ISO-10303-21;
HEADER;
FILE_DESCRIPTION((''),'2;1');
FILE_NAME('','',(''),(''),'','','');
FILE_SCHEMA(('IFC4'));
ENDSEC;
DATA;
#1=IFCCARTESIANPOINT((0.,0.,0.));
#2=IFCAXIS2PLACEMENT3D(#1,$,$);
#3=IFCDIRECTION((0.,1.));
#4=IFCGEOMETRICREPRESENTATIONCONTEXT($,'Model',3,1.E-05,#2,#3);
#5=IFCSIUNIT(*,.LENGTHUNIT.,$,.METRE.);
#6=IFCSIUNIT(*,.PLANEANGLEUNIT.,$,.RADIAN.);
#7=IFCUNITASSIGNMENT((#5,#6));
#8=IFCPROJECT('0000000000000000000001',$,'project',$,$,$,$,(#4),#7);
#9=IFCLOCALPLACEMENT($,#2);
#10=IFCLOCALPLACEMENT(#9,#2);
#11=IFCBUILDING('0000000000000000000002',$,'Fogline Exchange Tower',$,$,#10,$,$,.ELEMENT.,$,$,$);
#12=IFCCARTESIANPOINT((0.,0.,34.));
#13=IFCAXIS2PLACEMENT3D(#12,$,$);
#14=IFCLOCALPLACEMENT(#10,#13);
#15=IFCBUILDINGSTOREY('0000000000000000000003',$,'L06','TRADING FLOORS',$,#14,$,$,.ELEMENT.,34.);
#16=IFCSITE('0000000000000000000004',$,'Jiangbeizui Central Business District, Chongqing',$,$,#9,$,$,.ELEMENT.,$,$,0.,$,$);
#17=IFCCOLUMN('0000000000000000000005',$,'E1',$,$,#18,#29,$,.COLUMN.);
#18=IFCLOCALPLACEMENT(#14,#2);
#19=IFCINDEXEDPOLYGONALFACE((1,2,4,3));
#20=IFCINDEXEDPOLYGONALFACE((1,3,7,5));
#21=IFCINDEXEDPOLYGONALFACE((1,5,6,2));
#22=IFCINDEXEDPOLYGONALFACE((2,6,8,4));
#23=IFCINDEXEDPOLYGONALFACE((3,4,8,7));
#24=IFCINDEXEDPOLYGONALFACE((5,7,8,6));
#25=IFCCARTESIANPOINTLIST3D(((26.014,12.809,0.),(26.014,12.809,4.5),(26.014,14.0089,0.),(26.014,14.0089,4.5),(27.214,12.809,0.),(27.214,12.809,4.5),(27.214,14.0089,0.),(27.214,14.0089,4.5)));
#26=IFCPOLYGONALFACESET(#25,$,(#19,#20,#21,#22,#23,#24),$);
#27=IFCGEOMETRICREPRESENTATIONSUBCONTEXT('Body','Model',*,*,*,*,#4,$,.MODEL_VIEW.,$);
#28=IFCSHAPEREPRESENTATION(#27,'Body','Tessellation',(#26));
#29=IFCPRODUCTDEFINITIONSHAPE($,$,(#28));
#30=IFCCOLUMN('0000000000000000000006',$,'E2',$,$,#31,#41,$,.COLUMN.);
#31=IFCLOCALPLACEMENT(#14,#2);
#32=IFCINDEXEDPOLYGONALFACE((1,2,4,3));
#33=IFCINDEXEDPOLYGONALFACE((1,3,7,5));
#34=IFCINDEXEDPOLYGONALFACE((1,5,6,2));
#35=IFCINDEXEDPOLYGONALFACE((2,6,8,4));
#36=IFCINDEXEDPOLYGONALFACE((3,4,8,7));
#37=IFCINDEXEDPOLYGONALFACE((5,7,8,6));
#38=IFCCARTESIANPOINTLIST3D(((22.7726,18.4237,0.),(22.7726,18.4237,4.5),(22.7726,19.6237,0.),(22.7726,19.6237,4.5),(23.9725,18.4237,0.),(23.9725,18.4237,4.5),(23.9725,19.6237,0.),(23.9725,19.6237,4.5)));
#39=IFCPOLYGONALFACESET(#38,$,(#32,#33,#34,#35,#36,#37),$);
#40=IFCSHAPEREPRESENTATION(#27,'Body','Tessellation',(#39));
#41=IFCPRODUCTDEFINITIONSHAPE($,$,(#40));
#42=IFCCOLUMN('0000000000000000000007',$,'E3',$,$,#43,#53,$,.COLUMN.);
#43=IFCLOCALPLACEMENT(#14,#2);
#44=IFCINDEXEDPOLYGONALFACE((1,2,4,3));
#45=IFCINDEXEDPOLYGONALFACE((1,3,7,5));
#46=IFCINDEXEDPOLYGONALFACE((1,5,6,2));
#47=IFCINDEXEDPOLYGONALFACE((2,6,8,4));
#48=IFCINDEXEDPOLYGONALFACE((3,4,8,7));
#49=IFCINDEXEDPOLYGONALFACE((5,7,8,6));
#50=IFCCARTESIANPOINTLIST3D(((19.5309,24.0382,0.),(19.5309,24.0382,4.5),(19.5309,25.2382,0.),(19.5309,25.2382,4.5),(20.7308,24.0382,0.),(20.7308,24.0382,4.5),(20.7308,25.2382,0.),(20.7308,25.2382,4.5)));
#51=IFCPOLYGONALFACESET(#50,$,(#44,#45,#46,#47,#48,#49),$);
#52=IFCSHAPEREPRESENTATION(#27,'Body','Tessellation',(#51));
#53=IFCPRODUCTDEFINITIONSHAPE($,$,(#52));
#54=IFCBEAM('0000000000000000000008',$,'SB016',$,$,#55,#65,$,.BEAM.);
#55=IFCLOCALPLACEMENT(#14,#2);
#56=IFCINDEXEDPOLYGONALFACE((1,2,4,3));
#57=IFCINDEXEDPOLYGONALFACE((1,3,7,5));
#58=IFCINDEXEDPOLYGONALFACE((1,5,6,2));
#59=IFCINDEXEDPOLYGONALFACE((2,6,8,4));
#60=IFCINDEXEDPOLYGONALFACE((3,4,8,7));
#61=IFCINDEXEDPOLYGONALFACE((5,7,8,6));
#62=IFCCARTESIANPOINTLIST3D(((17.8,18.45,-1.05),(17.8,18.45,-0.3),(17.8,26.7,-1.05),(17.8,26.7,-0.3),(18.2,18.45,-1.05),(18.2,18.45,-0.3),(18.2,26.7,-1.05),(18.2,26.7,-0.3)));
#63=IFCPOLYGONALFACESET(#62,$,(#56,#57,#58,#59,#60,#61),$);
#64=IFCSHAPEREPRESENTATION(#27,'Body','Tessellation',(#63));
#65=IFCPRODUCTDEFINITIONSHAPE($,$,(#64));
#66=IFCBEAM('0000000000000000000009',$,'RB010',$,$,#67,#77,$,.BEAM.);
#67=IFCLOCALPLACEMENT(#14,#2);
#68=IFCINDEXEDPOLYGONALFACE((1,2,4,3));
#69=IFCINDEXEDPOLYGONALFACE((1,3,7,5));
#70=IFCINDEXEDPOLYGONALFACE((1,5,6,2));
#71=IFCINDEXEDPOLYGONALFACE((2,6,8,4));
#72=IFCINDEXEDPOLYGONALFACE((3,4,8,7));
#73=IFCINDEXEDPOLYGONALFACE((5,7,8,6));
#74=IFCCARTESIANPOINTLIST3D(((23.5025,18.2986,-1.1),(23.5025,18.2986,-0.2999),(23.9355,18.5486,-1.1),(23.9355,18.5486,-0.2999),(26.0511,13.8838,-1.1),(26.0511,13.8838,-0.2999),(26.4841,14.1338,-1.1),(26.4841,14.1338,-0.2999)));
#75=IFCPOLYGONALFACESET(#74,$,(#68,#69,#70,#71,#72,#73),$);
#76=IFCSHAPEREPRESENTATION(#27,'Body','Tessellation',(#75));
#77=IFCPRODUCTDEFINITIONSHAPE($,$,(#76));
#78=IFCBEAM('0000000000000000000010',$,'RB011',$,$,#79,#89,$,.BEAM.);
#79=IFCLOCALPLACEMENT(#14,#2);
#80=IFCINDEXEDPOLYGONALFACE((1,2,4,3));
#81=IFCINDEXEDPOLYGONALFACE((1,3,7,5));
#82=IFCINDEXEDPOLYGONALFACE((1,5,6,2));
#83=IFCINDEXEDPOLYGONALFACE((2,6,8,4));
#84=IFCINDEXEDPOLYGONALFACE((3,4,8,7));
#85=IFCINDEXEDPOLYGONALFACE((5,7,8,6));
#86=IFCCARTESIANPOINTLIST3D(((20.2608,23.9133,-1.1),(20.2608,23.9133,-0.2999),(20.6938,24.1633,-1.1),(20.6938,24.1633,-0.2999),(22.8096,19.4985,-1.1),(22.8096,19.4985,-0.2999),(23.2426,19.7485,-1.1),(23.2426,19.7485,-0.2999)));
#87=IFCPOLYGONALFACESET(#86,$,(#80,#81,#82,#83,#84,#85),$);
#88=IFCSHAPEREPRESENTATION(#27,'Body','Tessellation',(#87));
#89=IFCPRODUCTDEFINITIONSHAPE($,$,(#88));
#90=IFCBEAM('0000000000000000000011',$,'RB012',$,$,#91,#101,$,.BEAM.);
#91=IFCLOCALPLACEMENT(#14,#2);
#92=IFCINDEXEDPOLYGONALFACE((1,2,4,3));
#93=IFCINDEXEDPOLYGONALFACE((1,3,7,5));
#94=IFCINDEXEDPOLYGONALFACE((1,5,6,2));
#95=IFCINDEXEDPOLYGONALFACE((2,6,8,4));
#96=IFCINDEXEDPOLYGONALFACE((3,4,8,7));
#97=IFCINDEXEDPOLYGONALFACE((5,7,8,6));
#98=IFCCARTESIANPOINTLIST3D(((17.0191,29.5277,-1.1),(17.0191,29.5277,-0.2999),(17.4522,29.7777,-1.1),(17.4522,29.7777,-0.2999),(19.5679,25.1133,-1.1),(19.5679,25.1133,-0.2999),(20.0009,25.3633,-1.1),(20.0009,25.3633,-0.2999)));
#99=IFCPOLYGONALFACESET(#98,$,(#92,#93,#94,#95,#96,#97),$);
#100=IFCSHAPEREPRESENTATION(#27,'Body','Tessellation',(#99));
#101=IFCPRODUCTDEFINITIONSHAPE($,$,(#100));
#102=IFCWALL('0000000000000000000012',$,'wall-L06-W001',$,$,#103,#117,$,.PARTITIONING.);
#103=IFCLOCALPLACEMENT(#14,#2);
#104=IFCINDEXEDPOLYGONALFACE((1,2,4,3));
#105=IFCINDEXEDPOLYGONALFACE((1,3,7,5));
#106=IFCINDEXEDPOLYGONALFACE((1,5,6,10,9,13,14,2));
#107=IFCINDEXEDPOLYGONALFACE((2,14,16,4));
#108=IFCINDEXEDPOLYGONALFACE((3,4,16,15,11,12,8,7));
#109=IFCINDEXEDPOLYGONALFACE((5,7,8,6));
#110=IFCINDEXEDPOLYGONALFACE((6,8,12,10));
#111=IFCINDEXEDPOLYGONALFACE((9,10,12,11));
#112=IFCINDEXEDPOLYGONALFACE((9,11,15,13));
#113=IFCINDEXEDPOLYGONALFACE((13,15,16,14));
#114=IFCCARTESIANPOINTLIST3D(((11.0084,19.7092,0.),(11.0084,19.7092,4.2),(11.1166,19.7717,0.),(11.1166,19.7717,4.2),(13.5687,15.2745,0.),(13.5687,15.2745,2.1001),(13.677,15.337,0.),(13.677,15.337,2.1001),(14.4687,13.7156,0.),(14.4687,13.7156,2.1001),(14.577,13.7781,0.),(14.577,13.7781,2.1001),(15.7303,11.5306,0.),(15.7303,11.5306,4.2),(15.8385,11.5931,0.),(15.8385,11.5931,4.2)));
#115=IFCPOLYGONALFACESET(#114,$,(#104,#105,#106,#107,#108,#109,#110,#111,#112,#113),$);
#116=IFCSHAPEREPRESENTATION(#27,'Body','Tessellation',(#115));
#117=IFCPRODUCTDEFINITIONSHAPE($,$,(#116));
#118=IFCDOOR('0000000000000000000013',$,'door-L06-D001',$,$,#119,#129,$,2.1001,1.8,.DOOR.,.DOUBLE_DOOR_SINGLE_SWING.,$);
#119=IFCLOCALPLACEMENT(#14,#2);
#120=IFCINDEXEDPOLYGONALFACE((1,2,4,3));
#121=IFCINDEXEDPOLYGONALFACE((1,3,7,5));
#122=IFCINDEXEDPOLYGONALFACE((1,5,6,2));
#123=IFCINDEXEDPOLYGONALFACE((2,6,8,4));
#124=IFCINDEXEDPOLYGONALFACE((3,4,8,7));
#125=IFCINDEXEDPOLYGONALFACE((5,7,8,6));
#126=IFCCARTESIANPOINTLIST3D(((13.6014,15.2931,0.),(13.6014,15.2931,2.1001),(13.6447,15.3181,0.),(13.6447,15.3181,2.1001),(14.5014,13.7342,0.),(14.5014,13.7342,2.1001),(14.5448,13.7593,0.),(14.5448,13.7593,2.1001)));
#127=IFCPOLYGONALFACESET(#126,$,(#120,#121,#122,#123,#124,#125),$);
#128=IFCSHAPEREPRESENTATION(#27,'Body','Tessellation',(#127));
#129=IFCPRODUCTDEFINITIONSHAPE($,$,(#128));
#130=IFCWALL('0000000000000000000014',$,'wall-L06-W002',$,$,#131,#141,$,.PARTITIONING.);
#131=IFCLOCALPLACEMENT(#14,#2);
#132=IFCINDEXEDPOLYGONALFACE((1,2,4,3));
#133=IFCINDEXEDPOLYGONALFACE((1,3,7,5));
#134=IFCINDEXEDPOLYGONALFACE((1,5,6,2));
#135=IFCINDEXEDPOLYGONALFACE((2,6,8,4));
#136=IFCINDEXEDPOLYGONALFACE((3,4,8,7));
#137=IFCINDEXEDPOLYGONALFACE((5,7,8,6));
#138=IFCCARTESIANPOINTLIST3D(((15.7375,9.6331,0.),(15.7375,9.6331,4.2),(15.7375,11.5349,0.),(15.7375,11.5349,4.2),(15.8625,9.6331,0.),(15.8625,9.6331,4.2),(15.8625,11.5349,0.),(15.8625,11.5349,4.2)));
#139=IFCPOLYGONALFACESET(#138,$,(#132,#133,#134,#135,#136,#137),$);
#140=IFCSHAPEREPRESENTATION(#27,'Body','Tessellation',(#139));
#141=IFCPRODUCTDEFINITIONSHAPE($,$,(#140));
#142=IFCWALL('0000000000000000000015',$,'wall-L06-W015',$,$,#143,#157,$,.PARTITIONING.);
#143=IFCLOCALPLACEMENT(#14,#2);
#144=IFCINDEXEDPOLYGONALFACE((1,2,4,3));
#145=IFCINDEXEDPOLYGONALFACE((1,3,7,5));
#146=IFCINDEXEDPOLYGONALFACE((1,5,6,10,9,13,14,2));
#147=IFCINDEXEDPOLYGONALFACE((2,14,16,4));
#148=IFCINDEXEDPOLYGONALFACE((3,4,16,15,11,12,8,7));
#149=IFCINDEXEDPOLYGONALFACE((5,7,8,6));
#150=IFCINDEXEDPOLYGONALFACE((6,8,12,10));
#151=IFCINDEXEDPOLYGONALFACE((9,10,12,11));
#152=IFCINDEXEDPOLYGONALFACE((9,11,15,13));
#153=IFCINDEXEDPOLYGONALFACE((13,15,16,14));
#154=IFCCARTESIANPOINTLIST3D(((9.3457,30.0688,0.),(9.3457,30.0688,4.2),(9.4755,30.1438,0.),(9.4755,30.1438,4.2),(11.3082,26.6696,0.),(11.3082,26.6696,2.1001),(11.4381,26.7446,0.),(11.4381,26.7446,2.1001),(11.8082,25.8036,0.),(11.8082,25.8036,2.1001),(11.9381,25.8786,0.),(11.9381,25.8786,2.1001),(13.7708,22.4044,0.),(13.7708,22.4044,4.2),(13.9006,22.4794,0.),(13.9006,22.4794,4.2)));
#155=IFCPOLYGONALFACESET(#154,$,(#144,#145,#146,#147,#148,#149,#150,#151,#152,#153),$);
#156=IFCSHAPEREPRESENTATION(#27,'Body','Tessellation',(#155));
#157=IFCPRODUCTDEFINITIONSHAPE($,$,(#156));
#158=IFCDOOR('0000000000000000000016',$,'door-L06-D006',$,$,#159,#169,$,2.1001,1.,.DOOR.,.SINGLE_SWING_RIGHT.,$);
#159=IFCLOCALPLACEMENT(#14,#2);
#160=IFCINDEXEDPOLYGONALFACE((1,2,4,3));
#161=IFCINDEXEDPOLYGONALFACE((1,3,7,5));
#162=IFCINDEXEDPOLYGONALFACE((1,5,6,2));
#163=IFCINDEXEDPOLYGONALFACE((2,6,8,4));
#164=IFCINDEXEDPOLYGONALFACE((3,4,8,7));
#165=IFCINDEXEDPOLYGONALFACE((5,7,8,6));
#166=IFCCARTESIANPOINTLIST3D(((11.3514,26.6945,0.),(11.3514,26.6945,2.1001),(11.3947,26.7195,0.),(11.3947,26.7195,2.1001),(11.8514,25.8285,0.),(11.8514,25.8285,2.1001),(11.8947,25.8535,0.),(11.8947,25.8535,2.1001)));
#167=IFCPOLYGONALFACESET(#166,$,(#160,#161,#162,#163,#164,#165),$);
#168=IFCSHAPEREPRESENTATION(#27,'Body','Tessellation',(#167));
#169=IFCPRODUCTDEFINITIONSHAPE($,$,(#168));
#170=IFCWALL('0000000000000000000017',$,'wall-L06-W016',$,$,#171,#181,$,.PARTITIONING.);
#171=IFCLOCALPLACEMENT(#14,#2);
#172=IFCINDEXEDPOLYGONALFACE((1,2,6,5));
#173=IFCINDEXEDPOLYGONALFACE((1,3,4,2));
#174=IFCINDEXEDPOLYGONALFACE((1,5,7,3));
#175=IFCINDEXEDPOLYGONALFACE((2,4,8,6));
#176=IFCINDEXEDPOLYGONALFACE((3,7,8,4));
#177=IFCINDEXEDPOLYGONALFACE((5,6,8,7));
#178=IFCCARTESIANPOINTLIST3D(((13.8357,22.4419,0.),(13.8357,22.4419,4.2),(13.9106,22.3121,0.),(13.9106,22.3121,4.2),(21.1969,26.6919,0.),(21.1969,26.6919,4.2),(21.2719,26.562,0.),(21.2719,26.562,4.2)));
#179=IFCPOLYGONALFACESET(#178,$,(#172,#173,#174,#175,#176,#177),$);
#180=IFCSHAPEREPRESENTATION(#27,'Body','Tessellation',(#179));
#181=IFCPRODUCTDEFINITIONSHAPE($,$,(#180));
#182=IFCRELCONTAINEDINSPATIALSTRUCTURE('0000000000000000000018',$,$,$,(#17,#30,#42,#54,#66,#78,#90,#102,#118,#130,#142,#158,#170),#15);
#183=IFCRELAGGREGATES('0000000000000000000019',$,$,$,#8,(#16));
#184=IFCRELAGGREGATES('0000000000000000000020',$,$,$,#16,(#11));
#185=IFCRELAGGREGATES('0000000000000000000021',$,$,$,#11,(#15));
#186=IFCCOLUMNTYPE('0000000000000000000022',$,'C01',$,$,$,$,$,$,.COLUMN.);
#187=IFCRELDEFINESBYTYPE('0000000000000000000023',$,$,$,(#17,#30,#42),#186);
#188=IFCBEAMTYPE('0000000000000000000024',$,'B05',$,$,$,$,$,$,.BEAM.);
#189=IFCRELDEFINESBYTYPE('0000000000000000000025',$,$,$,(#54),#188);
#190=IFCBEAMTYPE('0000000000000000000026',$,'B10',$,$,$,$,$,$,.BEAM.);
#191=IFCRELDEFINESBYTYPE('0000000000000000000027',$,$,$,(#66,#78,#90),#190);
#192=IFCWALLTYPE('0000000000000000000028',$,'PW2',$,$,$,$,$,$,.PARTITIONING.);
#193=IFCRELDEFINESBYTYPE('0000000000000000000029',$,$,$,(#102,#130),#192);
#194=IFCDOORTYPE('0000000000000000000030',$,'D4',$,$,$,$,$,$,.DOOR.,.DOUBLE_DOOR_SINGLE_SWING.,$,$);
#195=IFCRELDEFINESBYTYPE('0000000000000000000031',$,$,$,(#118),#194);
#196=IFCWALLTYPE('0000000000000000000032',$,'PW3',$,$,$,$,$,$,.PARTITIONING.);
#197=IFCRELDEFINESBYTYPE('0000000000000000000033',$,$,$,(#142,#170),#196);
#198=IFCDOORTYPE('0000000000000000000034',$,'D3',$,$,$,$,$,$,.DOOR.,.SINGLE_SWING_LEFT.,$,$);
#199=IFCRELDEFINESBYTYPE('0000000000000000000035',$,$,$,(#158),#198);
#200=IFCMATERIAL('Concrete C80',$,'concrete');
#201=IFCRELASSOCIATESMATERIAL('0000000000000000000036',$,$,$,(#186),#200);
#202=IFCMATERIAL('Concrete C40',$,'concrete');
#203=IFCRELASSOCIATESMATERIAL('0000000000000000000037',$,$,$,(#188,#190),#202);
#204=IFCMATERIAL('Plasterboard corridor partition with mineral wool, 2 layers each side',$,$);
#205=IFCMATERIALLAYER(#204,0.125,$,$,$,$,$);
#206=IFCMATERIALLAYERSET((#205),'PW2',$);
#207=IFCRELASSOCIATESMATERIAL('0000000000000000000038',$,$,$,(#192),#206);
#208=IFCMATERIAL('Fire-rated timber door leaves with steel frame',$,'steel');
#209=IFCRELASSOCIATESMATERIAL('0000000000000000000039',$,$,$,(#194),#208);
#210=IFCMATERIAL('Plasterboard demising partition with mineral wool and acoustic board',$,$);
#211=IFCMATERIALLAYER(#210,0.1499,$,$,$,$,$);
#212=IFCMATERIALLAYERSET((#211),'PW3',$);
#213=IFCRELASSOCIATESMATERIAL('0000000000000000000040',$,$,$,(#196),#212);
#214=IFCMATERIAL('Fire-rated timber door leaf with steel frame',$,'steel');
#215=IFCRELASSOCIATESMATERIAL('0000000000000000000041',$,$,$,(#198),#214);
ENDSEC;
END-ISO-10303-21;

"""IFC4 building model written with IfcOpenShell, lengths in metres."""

from ifc_helpers import new_model, si_unit, direction, frame, frame_2d, origin, origin_2d, place, context, subcontext, project, spatial, rectangle, extrude, material, layer, layer_set, material_profile, profile_set, type_object, element, fill, save


model = new_model("IFC4")

# Units and contexts
model_context = context("Model", 3, precision=1e-05, world=origin(), true_north=direction((0.0, 1.0)))
body_context = subcontext(model_context, "Body", "Model", "MODEL_VIEW")
ifc_project = project(units=[si_unit("LENGTHUNIT", "METRE"), si_unit("PLANEANGLEUNIT", "RADIAN")], contexts=[model_context])

# Site, building, storey
site_placement = place(None, origin())
site = spatial("IfcSite", under=ifc_project, at=site_placement, Name="Jiangbeizui Central Business District, Chongqing", CompositionType="ELEMENT", RefElevation=0.0)
building_placement = place(site_placement, origin())
building = spatial("IfcBuilding", under=site, at=building_placement, Name="Fogline Exchange Tower", CompositionType="ELEMENT")
storey_placement = place(building_placement, frame((0.0, 0.0, 34.0)))
storey = spatial("IfcBuildingStorey", under=building, at=storey_placement, Name="L06", Description="TRADING FLOORS", CompositionType="ELEMENT", Elevation=34.0)

# Columns
ifc_material_1 = material(Name="Concrete C80", Category="concrete")
ifc_material_profile_1 = material_profile(ifc_material_1, rectangle(XDim=1.2, YDim=1.2, at=origin_2d()), Name="RC 1200x1200")
ifc_profile_set_1 = profile_set([ifc_material_profile_1], Name="Concrete C80")
column_type = type_object("IfcColumnType", Name="C01", PredefinedType="COLUMN", material=ifc_profile_set_1)
for number, where, z_axis, x_axis, name in (
    (1, (26.614, 13.4089, 0.0), (0.0, 0.0, 1.0), (1.0, 0.0, 0.0), "E1"),
    (2, (23.3726, 19.0237, 0.0), (0.0, 0.0, 1.0), (1.0, 0.0, 0.0), "E2"),
    (3, (20.1309, 24.6382, 0.0), (0.0, 0.0, 1.0), (1.0, 0.0, 0.0), "E3"),
):
    element("IfcColumn", number, at=place(storey_placement, frame(where, z_axis=z_axis, x_axis=x_axis)), inside=storey, type_object=column_type, Name=name, PredefinedType="COLUMN", context=body_context, shape_type="SweptSolid", body=[
        extrude(rectangle(XDim=1.2, YDim=1.2, at=origin_2d()), origin(), (0.0, 0.0, 1.0), 4.5),
    ])

# Beams
ifc_material_2 = material(Name="Concrete C40", Category="concrete")
ifc_material_profile_2 = material_profile(ifc_material_2, rectangle(XDim=0.3999, YDim=0.75, at=origin_2d()), Name="RC 400x750")
ifc_profile_set_2 = profile_set([ifc_material_profile_2], Name="Concrete C40")
beam_type_1 = type_object("IfcBeamType", Name="B05", PredefinedType="BEAM", material=ifc_profile_set_2)
beam_1_placement = place(storey_placement, frame((18.0, 18.45, -0.675), z_axis=(0.0, 1.0, 0.0), x_axis=(-1.0, 0.0, 0.0)))
element("IfcBeam", 4, at=beam_1_placement, inside=storey, type_object=beam_type_1, Name="SB016", PredefinedType="BEAM", context=body_context, shape_type="SweptSolid", body=[
    extrude(rectangle(XDim=0.3999, YDim=0.75, at=origin_2d()), origin(), (0.0, 0.0, 1.0), 8.25),
])
ifc_material_profile_3 = material_profile(ifc_material_2, rectangle(XDim=0.5, YDim=0.8, at=origin_2d()), Name="RC 500x800")
ifc_profile_set_3 = profile_set([ifc_material_profile_3], Name="Concrete C40")
beam_type_2 = type_object("IfcBeamType", Name="B10", PredefinedType="BEAM", material=ifc_profile_set_3)
for number, where, z_axis, x_axis, name in (
    (5, (26.2676, 14.0088, -0.7), (-0.499956, 0.866051, 0.0), (-0.866051, -0.499956, 0.0), "RB010"),
    (6, (23.0261, 19.6235, -0.7), (-0.499992, 0.86603, 0.0), (-0.86603, -0.499992, 0.0), "RB011"),
):
    element("IfcBeam", number, at=place(storey_placement, frame(where, z_axis=z_axis, x_axis=x_axis)), inside=storey, type_object=beam_type_2, Name=name, PredefinedType="BEAM", context=body_context, shape_type="SweptSolid", body=[
        extrude(rectangle(XDim=0.5, YDim=0.8, at=origin_2d()), origin(), (0.0, 0.0, 1.0), 5.0977),
    ])
beam_2_placement = place(storey_placement, frame((19.7844, 25.2383, -0.7), z_axis=(-0.500013, 0.866018, 0.0), x_axis=(-0.866018, -0.500013, 0.0)))
element("IfcBeam", 7, at=beam_2_placement, inside=storey, type_object=beam_type_2, Name="RB012", PredefinedType="BEAM", context=body_context, shape_type="SweptSolid", body=[
    extrude(rectangle(XDim=0.5, YDim=0.8, at=origin_2d()), origin(), (0.0, 0.0, 1.0), 5.0974),
])

# Wall, opening, door
ifc_material_3 = material(Name="Plasterboard corridor partition with mineral wool, 2 layers each side")
ifc_layer_1 = layer(ifc_material_3, 0.125)
ifc_layer_set_1 = layer_set([ifc_layer_1], Name="PW2")
wall_type_1 = type_object("IfcWallType", Name="PW2", PredefinedType="PARTITIONING", material=ifc_layer_set_1)
wall_1_placement = place(storey_placement, frame((11.0625, 19.7405, 0.0), z_axis=(0.0, 0.0, 1.0), x_axis=(0.499995, -0.866028, 0.0)))
wall_1 = element("IfcWall", 8, at=wall_1_placement, inside=storey, type_object=wall_type_1, Name="wall-L06-W001", PredefinedType="PARTITIONING", context=body_context, shape_type="SweptSolid", body=[
    extrude(rectangle(XDim=9.4438, YDim=0.125, at=frame_2d((4.7219, 0.0))), origin(), (0.0, 0.0, 1.0), 4.2),
])
opening_1_placement = place(wall_1_placement, frame((5.1208, 0.0, 0.0)))
opening_1 = element("IfcOpeningElement", 9, at=opening_1_placement, cuts=wall_1, PredefinedType="OPENING", context=body_context, shape_type="SweptSolid", body=[
    extrude(rectangle(XDim=1.8, YDim=2.1001, at=frame_2d((0.8999, 1.05))), frame((0.0, 0.0725, 0.0), z_axis=(0.0, -1.0, 0.0), x_axis=(1.0, 0.0, 0.0)), (0.0, 0.0, 1.0), 0.145),
])
ifc_material_4 = material(Name="Fire-rated timber door leaves with steel frame", Category="steel")
door_type_1 = type_object("IfcDoorType", Name="D4", OperationType="DOUBLE_DOOR_SINGLE_SWING", PredefinedType="DOOR", material=ifc_material_4)
door_1_placement = place(opening_1_placement, frame((1.8, 0.0, 0.0), z_axis=(0.0, 0.0, 1.0), x_axis=(-1.0, 0.0, 0.0)))
door_1 = element("IfcDoor", 10, at=door_1_placement, inside=storey, type_object=door_type_1, Name="door-L06-D001", OperationType="DOUBLE_DOOR_SINGLE_SWING", OverallHeight=2.1001, OverallWidth=1.8, PredefinedType="DOOR", context=body_context, shape_type="SweptSolid", body=[
    extrude(rectangle(XDim=1.8, YDim=2.1001, at=frame_2d((0.8999, 1.05))), frame((0.0, 0.0249, 0.0), z_axis=(0.0, -1.0, 0.0), x_axis=(1.0, 0.0, 0.0)), (0.0, 0.0, 1.0), 0.05),
])
fill(opening_1, door_1)

# Wall
wall_2_placement = place(storey_placement, frame((15.8, 11.5349, 0.0), z_axis=(0.0, 0.0, 1.0), x_axis=(0.0, -1.0, 0.0)))
element("IfcWall", 11, at=wall_2_placement, inside=storey, type_object=wall_type_1, Name="wall-L06-W002", PredefinedType="PARTITIONING", context=body_context, shape_type="SweptSolid", body=[
    extrude(rectangle(XDim=1.9019, YDim=0.125, at=frame_2d((0.9509, 0.0))), origin(), (0.0, 0.0, 1.0), 4.2),
])

# Wall, opening, door
ifc_material_5 = material(Name="Plasterboard demising partition with mineral wool and acoustic board")
ifc_layer_2 = layer(ifc_material_5, 0.1499)
ifc_layer_set_2 = layer_set([ifc_layer_2], Name="PW3")
wall_type_2 = type_object("IfcWallType", Name="PW3", PredefinedType="PARTITIONING", material=ifc_layer_set_2)
wall_3_placement = place(storey_placement, frame((13.8357, 22.4419, 0.0), z_axis=(0.0, 0.0, 1.0), x_axis=(-0.500005, 0.866023, 0.0)))
wall_3 = element("IfcWall", 12, at=wall_3_placement, inside=storey, type_object=wall_type_2, Name="wall-L06-W015", PredefinedType="PARTITIONING", context=body_context, shape_type="SweptSolid", body=[
    extrude(rectangle(XDim=8.8501, YDim=0.1499, at=frame_2d((4.425, 0.0))), origin(), (0.0, 0.0, 1.0), 4.2),
])
opening_2_placement = place(wall_3_placement, frame((3.925, 0.0, 0.0)))
opening_2 = element("IfcOpeningElement", 13, at=opening_2_placement, cuts=wall_3, PredefinedType="OPENING", context=body_context, shape_type="SweptSolid", body=[
    extrude(rectangle(XDim=1.0, YDim=2.1001, at=frame_2d((0.5, 1.05))), frame((0.0, 0.085, 0.0), z_axis=(0.0, -1.0, 0.0), x_axis=(1.0, 0.0, 0.0)), (0.0, 0.0, 1.0), 0.1699),
])
ifc_material_6 = material(Name="Fire-rated timber door leaf with steel frame", Category="steel")
door_type_2 = type_object("IfcDoorType", Name="D3", OperationType="SINGLE_SWING_LEFT", PredefinedType="DOOR", material=ifc_material_6)
door_2_placement = place(opening_2_placement, frame((1.0, 0.0, 0.0), z_axis=(0.0, 0.0, 1.0), x_axis=(-1.0, 0.0, 0.0)))
door_2 = element("IfcDoor", 14, at=door_2_placement, inside=storey, type_object=door_type_2, Name="door-L06-D006", OperationType="SINGLE_SWING_RIGHT", OverallHeight=2.1001, OverallWidth=1.0, PredefinedType="DOOR", context=body_context, shape_type="SweptSolid", body=[
    extrude(rectangle(XDim=1.0, YDim=2.1001, at=frame_2d((0.5, 1.05))), frame((0.0, 0.0249, 0.0), z_axis=(0.0, -1.0, 0.0), x_axis=(1.0, 0.0, 0.0)), (0.0, 0.0, 1.0), 0.05),
])
fill(opening_2, door_2)

# Wall
wall_4_placement = place(storey_placement, frame((21.2344, 26.627, 0.0), z_axis=(0.0, 0.0, 1.0), x_axis=(-0.866029, -0.499994, 0.0)))
element("IfcWall", 15, at=wall_4_placement, inside=storey, type_object=wall_type_2, Name="wall-L06-W016", PredefinedType="PARTITIONING", context=body_context, shape_type="SweptSolid", body=[
    extrude(rectangle(XDim=8.5, YDim=0.1499, at=frame_2d((4.25, 0.0))), origin(), (0.0, 0.0, 1.0), 4.2),
])

save(model, "model.ifc")
